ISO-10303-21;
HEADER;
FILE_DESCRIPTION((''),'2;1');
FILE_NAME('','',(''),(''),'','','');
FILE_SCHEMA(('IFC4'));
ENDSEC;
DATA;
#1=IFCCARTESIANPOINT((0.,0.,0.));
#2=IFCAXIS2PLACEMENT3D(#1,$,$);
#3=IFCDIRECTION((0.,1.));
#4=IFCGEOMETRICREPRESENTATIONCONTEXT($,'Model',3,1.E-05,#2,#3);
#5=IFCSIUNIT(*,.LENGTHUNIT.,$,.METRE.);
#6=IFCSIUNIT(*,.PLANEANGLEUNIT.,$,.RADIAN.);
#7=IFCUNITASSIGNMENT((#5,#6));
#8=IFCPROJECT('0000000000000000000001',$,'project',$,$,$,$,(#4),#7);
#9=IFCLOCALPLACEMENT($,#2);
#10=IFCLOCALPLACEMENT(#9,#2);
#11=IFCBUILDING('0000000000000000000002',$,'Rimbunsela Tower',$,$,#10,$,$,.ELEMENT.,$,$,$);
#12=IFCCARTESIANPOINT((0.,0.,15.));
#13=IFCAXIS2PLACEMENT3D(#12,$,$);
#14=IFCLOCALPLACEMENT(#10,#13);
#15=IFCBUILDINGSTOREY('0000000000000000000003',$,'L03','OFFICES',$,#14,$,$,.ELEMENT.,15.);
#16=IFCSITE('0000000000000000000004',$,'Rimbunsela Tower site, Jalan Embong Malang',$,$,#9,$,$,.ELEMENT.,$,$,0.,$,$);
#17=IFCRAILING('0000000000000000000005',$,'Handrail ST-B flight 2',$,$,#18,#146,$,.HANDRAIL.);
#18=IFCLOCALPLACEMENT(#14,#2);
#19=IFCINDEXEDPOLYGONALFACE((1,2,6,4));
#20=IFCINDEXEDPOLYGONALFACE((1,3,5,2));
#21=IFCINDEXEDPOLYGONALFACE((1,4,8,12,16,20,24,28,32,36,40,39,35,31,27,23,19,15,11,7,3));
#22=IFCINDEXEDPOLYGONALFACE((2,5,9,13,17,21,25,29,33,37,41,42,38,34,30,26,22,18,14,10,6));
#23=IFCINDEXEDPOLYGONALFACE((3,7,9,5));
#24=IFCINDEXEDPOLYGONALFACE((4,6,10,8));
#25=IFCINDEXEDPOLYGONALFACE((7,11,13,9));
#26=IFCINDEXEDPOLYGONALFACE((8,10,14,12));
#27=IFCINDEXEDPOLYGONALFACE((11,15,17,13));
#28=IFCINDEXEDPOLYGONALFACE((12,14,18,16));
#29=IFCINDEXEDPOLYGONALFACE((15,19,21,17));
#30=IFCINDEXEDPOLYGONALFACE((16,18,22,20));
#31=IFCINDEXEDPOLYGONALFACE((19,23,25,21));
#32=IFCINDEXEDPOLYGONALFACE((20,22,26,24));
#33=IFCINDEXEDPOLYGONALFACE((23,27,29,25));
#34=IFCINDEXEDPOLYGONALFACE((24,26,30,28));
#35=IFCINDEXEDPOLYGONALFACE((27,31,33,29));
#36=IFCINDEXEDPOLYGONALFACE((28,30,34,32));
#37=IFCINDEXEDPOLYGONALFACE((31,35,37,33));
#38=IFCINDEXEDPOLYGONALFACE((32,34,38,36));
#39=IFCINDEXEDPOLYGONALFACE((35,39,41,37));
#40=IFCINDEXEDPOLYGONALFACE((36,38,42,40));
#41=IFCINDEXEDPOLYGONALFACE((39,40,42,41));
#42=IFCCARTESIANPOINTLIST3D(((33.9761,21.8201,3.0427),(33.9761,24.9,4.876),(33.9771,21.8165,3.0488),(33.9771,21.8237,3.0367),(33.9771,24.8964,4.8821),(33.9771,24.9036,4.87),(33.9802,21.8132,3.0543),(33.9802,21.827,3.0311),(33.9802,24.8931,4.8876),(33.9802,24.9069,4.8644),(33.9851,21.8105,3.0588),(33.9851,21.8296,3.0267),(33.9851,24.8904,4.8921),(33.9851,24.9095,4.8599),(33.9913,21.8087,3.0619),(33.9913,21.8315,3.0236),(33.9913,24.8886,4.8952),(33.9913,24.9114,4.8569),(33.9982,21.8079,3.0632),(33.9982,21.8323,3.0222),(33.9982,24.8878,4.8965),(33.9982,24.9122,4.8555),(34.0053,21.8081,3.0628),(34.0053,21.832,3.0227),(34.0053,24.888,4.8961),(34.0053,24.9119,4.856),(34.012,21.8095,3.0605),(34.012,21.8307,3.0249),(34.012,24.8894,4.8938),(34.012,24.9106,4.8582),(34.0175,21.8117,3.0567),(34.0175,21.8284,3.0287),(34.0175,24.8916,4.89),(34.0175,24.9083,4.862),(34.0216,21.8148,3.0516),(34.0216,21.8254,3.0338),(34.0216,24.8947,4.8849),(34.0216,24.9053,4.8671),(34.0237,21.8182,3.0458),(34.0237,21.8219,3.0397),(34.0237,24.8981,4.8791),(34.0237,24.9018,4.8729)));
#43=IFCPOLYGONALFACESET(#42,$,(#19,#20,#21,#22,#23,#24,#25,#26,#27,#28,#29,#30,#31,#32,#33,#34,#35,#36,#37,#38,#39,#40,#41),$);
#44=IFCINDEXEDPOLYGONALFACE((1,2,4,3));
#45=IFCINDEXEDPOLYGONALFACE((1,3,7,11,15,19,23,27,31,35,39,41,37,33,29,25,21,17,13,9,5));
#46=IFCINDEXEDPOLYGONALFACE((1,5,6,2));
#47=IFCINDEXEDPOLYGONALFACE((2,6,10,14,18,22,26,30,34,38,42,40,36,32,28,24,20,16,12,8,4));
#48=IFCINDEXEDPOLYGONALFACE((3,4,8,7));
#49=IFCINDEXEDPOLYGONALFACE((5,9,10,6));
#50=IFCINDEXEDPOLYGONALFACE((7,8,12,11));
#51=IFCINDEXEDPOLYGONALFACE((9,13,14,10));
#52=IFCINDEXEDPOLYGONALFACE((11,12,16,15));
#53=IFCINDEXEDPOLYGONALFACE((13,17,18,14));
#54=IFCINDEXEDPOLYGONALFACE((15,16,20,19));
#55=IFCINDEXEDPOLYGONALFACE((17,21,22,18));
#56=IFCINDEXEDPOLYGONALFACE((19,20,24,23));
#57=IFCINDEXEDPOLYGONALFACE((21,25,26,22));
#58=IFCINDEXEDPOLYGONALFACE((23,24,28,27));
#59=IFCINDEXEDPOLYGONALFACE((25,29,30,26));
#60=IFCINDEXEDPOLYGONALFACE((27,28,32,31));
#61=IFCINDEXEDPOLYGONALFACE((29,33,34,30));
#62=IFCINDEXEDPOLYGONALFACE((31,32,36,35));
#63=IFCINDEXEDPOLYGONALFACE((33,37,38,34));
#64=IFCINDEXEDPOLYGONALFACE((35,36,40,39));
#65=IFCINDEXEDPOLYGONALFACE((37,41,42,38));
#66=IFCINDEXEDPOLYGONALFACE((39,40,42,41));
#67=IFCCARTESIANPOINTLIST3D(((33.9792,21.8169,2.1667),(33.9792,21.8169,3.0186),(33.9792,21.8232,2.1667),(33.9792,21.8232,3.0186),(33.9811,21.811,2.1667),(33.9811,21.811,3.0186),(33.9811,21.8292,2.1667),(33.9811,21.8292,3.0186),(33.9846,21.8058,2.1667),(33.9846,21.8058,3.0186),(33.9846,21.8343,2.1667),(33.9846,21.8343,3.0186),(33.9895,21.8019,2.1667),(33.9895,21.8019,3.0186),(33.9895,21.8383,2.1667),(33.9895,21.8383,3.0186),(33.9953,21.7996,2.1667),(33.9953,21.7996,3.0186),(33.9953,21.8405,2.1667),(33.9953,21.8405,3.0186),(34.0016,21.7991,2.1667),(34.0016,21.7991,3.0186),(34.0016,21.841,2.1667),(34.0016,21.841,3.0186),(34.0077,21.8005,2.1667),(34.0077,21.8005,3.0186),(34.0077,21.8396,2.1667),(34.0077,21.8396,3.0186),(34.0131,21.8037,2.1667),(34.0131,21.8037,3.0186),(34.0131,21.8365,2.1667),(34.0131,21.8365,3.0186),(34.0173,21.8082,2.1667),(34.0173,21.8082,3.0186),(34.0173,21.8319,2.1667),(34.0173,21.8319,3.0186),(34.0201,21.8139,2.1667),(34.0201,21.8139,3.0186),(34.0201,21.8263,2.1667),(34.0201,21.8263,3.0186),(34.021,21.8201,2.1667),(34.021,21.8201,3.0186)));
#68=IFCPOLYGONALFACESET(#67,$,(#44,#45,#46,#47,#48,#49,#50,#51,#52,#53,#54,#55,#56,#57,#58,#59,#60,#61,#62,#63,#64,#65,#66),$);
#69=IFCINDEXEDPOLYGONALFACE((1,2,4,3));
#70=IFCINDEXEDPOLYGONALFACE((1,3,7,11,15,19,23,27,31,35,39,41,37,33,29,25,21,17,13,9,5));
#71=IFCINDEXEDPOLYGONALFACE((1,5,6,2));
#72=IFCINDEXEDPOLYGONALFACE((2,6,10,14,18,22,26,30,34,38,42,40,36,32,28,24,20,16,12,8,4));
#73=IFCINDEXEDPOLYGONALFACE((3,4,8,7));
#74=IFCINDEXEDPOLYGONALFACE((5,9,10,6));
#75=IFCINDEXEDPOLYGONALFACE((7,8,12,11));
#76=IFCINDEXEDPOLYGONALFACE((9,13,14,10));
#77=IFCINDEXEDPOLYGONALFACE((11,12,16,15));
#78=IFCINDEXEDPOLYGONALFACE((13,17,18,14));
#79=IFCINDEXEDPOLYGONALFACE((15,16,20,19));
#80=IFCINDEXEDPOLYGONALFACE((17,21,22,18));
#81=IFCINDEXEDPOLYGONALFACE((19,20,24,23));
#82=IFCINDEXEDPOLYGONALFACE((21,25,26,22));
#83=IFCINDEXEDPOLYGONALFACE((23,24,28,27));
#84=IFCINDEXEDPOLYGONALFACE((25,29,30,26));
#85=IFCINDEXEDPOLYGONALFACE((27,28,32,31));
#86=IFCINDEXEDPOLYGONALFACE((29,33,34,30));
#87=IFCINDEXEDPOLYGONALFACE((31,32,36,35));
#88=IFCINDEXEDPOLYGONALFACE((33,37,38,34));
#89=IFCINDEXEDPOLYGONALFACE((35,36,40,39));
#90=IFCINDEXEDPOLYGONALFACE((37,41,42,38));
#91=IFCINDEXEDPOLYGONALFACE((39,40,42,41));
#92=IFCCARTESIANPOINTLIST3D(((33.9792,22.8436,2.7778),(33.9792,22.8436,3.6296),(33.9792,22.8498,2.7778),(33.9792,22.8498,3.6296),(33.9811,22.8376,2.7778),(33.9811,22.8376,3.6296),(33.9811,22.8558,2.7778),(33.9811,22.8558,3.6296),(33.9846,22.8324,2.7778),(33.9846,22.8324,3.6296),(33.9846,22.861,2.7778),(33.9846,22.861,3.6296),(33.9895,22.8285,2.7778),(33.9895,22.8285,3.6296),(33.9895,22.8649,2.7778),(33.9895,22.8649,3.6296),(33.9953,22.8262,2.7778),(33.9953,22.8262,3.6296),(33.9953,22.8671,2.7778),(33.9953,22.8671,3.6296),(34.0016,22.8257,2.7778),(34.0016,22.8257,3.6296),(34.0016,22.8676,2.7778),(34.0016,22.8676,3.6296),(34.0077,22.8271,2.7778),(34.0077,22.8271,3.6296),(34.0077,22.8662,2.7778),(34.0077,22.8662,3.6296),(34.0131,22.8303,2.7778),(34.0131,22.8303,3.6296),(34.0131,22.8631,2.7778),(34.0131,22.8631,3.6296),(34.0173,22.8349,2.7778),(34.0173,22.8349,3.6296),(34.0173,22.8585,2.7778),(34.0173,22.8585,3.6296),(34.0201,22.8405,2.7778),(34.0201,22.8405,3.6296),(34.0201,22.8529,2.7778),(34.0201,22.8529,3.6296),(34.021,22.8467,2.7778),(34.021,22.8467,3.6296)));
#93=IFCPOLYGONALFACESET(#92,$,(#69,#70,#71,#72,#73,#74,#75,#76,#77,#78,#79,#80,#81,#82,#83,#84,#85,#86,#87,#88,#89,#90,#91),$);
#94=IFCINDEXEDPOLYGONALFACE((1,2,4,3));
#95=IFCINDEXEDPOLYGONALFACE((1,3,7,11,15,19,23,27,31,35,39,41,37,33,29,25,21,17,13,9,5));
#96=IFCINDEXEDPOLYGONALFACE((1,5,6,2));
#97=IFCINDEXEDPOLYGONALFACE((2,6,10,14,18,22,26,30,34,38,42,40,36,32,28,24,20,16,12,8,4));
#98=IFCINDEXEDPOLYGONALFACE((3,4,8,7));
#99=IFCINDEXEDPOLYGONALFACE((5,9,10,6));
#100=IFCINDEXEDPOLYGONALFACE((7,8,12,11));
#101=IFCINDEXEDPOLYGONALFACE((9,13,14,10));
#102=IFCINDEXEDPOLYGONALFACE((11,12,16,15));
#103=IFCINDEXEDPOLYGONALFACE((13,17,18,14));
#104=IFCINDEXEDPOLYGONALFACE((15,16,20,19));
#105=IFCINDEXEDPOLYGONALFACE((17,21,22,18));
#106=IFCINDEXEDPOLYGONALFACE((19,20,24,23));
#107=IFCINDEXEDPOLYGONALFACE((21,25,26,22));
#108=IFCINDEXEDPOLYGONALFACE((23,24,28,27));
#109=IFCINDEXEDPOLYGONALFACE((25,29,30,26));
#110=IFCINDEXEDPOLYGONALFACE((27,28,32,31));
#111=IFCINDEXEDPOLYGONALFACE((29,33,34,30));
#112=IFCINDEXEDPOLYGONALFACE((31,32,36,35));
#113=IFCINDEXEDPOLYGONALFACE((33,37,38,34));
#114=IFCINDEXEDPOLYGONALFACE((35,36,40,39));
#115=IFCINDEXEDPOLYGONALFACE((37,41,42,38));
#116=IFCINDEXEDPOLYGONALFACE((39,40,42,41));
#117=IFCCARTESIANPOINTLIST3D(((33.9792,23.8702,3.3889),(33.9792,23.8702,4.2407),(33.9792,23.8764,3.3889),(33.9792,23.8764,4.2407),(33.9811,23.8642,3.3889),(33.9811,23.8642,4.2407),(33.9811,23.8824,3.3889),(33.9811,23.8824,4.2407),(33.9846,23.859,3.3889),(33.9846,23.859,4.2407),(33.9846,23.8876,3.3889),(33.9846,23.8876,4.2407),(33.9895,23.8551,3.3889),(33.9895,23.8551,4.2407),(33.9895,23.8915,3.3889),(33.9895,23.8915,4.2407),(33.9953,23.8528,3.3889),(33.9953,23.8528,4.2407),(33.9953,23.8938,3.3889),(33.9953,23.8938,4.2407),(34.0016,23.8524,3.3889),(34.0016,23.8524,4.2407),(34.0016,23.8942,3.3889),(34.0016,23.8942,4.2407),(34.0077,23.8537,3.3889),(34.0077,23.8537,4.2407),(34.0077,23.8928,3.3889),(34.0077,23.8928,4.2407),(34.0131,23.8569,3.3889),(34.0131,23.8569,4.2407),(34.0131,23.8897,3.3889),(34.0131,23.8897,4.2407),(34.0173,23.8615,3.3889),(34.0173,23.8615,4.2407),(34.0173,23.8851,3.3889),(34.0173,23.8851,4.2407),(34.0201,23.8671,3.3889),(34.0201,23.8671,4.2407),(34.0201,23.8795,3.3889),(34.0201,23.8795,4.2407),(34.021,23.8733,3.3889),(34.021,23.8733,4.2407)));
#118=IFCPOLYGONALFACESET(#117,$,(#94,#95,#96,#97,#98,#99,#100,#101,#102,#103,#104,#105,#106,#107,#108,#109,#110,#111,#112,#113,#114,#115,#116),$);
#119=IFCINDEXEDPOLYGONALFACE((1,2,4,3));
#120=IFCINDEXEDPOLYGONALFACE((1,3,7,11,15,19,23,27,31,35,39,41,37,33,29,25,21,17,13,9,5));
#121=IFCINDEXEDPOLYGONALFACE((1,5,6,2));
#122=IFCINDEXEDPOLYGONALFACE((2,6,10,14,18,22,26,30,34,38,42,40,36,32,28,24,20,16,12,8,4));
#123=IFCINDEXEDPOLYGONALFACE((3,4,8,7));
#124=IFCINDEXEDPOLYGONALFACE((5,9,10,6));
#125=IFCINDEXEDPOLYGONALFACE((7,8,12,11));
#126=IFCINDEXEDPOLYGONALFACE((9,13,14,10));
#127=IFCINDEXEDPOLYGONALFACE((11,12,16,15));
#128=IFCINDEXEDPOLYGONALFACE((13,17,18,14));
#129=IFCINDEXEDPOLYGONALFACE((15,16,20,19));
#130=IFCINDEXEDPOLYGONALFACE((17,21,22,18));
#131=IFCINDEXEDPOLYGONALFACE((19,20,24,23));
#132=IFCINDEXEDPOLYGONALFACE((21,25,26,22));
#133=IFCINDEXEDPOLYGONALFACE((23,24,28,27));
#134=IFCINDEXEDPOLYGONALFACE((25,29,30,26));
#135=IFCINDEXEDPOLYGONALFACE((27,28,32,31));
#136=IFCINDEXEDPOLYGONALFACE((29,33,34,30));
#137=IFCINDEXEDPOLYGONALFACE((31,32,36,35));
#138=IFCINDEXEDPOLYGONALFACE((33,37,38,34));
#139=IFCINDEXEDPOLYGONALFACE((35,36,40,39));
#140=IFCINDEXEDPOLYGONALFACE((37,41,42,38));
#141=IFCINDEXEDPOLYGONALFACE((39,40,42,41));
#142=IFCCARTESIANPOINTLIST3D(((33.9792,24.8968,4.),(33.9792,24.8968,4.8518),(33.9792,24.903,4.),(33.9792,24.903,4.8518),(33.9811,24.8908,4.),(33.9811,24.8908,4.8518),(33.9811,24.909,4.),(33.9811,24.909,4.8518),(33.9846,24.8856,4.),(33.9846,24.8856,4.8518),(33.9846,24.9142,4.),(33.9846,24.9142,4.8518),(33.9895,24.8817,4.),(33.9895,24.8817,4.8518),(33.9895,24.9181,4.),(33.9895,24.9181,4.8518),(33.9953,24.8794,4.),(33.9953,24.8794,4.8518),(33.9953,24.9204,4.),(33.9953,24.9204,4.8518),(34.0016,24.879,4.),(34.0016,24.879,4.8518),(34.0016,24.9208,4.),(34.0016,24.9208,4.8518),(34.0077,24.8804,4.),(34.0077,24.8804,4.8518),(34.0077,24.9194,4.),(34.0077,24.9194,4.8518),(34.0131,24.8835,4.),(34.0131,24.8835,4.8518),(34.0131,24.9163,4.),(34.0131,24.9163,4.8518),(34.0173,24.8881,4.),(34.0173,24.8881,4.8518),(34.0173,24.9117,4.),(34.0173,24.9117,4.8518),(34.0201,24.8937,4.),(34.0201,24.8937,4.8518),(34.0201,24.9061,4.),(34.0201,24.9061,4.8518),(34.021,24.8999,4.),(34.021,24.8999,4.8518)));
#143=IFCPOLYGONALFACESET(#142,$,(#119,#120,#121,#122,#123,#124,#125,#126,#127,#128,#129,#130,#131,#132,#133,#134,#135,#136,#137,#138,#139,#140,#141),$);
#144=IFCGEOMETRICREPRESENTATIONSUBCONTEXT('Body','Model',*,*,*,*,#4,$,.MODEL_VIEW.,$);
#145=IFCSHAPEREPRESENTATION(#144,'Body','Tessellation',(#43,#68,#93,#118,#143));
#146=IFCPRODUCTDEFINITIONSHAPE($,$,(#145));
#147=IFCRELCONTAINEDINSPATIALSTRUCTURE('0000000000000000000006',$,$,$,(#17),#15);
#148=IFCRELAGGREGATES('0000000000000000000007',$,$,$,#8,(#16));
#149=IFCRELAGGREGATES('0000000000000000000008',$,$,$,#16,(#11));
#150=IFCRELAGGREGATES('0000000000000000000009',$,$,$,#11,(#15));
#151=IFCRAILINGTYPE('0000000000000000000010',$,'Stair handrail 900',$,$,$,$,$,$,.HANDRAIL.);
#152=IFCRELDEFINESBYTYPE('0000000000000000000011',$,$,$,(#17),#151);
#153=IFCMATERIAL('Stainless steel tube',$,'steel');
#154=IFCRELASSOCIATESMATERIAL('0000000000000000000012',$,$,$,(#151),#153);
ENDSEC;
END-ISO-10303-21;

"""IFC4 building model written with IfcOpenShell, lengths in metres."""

from ifc_helpers import new_model, si_unit, direction, frame, origin, origin_2d, place, context, subcontext, project, spatial, circle, extrude, material, type_object, element, save


model = new_model("IFC4")

# Units and contexts
model_context = context("Model", 3, precision=1e-05, world=origin(), true_north=direction((0.0, 1.0)))
body_context = subcontext(model_context, "Body", "Model", "MODEL_VIEW")
ifc_project = project(units=[si_unit("LENGTHUNIT", "METRE"), si_unit("PLANEANGLEUNIT", "RADIAN")], contexts=[model_context])

# Site, building, storey
site_placement = place(None, origin())
site = spatial("IfcSite", under=ifc_project, at=site_placement, Name="Rimbunsela Tower site, Jalan Embong Malang", CompositionType="ELEMENT", RefElevation=0.0)
building_placement = place(site_placement, origin())
building = spatial("IfcBuilding", under=site, at=building_placement, Name="Rimbunsela Tower", CompositionType="ELEMENT")
storey_placement = place(building_placement, frame((0.0, 0.0, 15.0)))
storey = spatial("IfcBuildingStorey", under=building, at=storey_placement, Name="L03", Description="OFFICES", CompositionType="ELEMENT", Elevation=15.0)

# Railing
ifc_material_1 = material(Name="Stainless steel tube", Category="steel")
railing_type = type_object("IfcRailingType", Name="Stair handrail 900", PredefinedType="HANDRAIL", material=ifc_material_1)
railing_1_placement = place(storey_placement, frame((34.0, 21.8201, 2.1667)))
element("IfcRailing", 1, at=railing_1_placement, inside=storey, type_object=railing_type, Name="Handrail ST-B flight 2", PredefinedType="HANDRAIL", context=body_context, shape_type="SweptSolid", body=[
    extrude(circle(Radius=0.0239, at=origin_2d()), frame((0.0, 0.0, 0.876), z_axis=(0.0, 0.859291, 0.511487), x_axis=(-1.0, 0.0, 0.0)), (0.0, 0.0, 1.0), 3.5842),
    extrude(circle(Radius=0.021, at=origin_2d()), origin(), (0.0, 0.0, 1.0), 0.8518),
    extrude(circle(Radius=0.021, at=origin_2d()), frame((0.0, 1.0266, 0.6111)), (0.0, 0.0, 1.0), 0.8518),
    extrude(circle(Radius=0.021, at=origin_2d()), frame((0.0, 2.0532, 1.2222)), (0.0, 0.0, 1.0), 0.8518),
    extrude(circle(Radius=0.021, at=origin_2d()), frame((0.0, 3.0798, 1.8333)), (0.0, 0.0, 1.0), 0.8518),
])

save(model, "model.ifc")
